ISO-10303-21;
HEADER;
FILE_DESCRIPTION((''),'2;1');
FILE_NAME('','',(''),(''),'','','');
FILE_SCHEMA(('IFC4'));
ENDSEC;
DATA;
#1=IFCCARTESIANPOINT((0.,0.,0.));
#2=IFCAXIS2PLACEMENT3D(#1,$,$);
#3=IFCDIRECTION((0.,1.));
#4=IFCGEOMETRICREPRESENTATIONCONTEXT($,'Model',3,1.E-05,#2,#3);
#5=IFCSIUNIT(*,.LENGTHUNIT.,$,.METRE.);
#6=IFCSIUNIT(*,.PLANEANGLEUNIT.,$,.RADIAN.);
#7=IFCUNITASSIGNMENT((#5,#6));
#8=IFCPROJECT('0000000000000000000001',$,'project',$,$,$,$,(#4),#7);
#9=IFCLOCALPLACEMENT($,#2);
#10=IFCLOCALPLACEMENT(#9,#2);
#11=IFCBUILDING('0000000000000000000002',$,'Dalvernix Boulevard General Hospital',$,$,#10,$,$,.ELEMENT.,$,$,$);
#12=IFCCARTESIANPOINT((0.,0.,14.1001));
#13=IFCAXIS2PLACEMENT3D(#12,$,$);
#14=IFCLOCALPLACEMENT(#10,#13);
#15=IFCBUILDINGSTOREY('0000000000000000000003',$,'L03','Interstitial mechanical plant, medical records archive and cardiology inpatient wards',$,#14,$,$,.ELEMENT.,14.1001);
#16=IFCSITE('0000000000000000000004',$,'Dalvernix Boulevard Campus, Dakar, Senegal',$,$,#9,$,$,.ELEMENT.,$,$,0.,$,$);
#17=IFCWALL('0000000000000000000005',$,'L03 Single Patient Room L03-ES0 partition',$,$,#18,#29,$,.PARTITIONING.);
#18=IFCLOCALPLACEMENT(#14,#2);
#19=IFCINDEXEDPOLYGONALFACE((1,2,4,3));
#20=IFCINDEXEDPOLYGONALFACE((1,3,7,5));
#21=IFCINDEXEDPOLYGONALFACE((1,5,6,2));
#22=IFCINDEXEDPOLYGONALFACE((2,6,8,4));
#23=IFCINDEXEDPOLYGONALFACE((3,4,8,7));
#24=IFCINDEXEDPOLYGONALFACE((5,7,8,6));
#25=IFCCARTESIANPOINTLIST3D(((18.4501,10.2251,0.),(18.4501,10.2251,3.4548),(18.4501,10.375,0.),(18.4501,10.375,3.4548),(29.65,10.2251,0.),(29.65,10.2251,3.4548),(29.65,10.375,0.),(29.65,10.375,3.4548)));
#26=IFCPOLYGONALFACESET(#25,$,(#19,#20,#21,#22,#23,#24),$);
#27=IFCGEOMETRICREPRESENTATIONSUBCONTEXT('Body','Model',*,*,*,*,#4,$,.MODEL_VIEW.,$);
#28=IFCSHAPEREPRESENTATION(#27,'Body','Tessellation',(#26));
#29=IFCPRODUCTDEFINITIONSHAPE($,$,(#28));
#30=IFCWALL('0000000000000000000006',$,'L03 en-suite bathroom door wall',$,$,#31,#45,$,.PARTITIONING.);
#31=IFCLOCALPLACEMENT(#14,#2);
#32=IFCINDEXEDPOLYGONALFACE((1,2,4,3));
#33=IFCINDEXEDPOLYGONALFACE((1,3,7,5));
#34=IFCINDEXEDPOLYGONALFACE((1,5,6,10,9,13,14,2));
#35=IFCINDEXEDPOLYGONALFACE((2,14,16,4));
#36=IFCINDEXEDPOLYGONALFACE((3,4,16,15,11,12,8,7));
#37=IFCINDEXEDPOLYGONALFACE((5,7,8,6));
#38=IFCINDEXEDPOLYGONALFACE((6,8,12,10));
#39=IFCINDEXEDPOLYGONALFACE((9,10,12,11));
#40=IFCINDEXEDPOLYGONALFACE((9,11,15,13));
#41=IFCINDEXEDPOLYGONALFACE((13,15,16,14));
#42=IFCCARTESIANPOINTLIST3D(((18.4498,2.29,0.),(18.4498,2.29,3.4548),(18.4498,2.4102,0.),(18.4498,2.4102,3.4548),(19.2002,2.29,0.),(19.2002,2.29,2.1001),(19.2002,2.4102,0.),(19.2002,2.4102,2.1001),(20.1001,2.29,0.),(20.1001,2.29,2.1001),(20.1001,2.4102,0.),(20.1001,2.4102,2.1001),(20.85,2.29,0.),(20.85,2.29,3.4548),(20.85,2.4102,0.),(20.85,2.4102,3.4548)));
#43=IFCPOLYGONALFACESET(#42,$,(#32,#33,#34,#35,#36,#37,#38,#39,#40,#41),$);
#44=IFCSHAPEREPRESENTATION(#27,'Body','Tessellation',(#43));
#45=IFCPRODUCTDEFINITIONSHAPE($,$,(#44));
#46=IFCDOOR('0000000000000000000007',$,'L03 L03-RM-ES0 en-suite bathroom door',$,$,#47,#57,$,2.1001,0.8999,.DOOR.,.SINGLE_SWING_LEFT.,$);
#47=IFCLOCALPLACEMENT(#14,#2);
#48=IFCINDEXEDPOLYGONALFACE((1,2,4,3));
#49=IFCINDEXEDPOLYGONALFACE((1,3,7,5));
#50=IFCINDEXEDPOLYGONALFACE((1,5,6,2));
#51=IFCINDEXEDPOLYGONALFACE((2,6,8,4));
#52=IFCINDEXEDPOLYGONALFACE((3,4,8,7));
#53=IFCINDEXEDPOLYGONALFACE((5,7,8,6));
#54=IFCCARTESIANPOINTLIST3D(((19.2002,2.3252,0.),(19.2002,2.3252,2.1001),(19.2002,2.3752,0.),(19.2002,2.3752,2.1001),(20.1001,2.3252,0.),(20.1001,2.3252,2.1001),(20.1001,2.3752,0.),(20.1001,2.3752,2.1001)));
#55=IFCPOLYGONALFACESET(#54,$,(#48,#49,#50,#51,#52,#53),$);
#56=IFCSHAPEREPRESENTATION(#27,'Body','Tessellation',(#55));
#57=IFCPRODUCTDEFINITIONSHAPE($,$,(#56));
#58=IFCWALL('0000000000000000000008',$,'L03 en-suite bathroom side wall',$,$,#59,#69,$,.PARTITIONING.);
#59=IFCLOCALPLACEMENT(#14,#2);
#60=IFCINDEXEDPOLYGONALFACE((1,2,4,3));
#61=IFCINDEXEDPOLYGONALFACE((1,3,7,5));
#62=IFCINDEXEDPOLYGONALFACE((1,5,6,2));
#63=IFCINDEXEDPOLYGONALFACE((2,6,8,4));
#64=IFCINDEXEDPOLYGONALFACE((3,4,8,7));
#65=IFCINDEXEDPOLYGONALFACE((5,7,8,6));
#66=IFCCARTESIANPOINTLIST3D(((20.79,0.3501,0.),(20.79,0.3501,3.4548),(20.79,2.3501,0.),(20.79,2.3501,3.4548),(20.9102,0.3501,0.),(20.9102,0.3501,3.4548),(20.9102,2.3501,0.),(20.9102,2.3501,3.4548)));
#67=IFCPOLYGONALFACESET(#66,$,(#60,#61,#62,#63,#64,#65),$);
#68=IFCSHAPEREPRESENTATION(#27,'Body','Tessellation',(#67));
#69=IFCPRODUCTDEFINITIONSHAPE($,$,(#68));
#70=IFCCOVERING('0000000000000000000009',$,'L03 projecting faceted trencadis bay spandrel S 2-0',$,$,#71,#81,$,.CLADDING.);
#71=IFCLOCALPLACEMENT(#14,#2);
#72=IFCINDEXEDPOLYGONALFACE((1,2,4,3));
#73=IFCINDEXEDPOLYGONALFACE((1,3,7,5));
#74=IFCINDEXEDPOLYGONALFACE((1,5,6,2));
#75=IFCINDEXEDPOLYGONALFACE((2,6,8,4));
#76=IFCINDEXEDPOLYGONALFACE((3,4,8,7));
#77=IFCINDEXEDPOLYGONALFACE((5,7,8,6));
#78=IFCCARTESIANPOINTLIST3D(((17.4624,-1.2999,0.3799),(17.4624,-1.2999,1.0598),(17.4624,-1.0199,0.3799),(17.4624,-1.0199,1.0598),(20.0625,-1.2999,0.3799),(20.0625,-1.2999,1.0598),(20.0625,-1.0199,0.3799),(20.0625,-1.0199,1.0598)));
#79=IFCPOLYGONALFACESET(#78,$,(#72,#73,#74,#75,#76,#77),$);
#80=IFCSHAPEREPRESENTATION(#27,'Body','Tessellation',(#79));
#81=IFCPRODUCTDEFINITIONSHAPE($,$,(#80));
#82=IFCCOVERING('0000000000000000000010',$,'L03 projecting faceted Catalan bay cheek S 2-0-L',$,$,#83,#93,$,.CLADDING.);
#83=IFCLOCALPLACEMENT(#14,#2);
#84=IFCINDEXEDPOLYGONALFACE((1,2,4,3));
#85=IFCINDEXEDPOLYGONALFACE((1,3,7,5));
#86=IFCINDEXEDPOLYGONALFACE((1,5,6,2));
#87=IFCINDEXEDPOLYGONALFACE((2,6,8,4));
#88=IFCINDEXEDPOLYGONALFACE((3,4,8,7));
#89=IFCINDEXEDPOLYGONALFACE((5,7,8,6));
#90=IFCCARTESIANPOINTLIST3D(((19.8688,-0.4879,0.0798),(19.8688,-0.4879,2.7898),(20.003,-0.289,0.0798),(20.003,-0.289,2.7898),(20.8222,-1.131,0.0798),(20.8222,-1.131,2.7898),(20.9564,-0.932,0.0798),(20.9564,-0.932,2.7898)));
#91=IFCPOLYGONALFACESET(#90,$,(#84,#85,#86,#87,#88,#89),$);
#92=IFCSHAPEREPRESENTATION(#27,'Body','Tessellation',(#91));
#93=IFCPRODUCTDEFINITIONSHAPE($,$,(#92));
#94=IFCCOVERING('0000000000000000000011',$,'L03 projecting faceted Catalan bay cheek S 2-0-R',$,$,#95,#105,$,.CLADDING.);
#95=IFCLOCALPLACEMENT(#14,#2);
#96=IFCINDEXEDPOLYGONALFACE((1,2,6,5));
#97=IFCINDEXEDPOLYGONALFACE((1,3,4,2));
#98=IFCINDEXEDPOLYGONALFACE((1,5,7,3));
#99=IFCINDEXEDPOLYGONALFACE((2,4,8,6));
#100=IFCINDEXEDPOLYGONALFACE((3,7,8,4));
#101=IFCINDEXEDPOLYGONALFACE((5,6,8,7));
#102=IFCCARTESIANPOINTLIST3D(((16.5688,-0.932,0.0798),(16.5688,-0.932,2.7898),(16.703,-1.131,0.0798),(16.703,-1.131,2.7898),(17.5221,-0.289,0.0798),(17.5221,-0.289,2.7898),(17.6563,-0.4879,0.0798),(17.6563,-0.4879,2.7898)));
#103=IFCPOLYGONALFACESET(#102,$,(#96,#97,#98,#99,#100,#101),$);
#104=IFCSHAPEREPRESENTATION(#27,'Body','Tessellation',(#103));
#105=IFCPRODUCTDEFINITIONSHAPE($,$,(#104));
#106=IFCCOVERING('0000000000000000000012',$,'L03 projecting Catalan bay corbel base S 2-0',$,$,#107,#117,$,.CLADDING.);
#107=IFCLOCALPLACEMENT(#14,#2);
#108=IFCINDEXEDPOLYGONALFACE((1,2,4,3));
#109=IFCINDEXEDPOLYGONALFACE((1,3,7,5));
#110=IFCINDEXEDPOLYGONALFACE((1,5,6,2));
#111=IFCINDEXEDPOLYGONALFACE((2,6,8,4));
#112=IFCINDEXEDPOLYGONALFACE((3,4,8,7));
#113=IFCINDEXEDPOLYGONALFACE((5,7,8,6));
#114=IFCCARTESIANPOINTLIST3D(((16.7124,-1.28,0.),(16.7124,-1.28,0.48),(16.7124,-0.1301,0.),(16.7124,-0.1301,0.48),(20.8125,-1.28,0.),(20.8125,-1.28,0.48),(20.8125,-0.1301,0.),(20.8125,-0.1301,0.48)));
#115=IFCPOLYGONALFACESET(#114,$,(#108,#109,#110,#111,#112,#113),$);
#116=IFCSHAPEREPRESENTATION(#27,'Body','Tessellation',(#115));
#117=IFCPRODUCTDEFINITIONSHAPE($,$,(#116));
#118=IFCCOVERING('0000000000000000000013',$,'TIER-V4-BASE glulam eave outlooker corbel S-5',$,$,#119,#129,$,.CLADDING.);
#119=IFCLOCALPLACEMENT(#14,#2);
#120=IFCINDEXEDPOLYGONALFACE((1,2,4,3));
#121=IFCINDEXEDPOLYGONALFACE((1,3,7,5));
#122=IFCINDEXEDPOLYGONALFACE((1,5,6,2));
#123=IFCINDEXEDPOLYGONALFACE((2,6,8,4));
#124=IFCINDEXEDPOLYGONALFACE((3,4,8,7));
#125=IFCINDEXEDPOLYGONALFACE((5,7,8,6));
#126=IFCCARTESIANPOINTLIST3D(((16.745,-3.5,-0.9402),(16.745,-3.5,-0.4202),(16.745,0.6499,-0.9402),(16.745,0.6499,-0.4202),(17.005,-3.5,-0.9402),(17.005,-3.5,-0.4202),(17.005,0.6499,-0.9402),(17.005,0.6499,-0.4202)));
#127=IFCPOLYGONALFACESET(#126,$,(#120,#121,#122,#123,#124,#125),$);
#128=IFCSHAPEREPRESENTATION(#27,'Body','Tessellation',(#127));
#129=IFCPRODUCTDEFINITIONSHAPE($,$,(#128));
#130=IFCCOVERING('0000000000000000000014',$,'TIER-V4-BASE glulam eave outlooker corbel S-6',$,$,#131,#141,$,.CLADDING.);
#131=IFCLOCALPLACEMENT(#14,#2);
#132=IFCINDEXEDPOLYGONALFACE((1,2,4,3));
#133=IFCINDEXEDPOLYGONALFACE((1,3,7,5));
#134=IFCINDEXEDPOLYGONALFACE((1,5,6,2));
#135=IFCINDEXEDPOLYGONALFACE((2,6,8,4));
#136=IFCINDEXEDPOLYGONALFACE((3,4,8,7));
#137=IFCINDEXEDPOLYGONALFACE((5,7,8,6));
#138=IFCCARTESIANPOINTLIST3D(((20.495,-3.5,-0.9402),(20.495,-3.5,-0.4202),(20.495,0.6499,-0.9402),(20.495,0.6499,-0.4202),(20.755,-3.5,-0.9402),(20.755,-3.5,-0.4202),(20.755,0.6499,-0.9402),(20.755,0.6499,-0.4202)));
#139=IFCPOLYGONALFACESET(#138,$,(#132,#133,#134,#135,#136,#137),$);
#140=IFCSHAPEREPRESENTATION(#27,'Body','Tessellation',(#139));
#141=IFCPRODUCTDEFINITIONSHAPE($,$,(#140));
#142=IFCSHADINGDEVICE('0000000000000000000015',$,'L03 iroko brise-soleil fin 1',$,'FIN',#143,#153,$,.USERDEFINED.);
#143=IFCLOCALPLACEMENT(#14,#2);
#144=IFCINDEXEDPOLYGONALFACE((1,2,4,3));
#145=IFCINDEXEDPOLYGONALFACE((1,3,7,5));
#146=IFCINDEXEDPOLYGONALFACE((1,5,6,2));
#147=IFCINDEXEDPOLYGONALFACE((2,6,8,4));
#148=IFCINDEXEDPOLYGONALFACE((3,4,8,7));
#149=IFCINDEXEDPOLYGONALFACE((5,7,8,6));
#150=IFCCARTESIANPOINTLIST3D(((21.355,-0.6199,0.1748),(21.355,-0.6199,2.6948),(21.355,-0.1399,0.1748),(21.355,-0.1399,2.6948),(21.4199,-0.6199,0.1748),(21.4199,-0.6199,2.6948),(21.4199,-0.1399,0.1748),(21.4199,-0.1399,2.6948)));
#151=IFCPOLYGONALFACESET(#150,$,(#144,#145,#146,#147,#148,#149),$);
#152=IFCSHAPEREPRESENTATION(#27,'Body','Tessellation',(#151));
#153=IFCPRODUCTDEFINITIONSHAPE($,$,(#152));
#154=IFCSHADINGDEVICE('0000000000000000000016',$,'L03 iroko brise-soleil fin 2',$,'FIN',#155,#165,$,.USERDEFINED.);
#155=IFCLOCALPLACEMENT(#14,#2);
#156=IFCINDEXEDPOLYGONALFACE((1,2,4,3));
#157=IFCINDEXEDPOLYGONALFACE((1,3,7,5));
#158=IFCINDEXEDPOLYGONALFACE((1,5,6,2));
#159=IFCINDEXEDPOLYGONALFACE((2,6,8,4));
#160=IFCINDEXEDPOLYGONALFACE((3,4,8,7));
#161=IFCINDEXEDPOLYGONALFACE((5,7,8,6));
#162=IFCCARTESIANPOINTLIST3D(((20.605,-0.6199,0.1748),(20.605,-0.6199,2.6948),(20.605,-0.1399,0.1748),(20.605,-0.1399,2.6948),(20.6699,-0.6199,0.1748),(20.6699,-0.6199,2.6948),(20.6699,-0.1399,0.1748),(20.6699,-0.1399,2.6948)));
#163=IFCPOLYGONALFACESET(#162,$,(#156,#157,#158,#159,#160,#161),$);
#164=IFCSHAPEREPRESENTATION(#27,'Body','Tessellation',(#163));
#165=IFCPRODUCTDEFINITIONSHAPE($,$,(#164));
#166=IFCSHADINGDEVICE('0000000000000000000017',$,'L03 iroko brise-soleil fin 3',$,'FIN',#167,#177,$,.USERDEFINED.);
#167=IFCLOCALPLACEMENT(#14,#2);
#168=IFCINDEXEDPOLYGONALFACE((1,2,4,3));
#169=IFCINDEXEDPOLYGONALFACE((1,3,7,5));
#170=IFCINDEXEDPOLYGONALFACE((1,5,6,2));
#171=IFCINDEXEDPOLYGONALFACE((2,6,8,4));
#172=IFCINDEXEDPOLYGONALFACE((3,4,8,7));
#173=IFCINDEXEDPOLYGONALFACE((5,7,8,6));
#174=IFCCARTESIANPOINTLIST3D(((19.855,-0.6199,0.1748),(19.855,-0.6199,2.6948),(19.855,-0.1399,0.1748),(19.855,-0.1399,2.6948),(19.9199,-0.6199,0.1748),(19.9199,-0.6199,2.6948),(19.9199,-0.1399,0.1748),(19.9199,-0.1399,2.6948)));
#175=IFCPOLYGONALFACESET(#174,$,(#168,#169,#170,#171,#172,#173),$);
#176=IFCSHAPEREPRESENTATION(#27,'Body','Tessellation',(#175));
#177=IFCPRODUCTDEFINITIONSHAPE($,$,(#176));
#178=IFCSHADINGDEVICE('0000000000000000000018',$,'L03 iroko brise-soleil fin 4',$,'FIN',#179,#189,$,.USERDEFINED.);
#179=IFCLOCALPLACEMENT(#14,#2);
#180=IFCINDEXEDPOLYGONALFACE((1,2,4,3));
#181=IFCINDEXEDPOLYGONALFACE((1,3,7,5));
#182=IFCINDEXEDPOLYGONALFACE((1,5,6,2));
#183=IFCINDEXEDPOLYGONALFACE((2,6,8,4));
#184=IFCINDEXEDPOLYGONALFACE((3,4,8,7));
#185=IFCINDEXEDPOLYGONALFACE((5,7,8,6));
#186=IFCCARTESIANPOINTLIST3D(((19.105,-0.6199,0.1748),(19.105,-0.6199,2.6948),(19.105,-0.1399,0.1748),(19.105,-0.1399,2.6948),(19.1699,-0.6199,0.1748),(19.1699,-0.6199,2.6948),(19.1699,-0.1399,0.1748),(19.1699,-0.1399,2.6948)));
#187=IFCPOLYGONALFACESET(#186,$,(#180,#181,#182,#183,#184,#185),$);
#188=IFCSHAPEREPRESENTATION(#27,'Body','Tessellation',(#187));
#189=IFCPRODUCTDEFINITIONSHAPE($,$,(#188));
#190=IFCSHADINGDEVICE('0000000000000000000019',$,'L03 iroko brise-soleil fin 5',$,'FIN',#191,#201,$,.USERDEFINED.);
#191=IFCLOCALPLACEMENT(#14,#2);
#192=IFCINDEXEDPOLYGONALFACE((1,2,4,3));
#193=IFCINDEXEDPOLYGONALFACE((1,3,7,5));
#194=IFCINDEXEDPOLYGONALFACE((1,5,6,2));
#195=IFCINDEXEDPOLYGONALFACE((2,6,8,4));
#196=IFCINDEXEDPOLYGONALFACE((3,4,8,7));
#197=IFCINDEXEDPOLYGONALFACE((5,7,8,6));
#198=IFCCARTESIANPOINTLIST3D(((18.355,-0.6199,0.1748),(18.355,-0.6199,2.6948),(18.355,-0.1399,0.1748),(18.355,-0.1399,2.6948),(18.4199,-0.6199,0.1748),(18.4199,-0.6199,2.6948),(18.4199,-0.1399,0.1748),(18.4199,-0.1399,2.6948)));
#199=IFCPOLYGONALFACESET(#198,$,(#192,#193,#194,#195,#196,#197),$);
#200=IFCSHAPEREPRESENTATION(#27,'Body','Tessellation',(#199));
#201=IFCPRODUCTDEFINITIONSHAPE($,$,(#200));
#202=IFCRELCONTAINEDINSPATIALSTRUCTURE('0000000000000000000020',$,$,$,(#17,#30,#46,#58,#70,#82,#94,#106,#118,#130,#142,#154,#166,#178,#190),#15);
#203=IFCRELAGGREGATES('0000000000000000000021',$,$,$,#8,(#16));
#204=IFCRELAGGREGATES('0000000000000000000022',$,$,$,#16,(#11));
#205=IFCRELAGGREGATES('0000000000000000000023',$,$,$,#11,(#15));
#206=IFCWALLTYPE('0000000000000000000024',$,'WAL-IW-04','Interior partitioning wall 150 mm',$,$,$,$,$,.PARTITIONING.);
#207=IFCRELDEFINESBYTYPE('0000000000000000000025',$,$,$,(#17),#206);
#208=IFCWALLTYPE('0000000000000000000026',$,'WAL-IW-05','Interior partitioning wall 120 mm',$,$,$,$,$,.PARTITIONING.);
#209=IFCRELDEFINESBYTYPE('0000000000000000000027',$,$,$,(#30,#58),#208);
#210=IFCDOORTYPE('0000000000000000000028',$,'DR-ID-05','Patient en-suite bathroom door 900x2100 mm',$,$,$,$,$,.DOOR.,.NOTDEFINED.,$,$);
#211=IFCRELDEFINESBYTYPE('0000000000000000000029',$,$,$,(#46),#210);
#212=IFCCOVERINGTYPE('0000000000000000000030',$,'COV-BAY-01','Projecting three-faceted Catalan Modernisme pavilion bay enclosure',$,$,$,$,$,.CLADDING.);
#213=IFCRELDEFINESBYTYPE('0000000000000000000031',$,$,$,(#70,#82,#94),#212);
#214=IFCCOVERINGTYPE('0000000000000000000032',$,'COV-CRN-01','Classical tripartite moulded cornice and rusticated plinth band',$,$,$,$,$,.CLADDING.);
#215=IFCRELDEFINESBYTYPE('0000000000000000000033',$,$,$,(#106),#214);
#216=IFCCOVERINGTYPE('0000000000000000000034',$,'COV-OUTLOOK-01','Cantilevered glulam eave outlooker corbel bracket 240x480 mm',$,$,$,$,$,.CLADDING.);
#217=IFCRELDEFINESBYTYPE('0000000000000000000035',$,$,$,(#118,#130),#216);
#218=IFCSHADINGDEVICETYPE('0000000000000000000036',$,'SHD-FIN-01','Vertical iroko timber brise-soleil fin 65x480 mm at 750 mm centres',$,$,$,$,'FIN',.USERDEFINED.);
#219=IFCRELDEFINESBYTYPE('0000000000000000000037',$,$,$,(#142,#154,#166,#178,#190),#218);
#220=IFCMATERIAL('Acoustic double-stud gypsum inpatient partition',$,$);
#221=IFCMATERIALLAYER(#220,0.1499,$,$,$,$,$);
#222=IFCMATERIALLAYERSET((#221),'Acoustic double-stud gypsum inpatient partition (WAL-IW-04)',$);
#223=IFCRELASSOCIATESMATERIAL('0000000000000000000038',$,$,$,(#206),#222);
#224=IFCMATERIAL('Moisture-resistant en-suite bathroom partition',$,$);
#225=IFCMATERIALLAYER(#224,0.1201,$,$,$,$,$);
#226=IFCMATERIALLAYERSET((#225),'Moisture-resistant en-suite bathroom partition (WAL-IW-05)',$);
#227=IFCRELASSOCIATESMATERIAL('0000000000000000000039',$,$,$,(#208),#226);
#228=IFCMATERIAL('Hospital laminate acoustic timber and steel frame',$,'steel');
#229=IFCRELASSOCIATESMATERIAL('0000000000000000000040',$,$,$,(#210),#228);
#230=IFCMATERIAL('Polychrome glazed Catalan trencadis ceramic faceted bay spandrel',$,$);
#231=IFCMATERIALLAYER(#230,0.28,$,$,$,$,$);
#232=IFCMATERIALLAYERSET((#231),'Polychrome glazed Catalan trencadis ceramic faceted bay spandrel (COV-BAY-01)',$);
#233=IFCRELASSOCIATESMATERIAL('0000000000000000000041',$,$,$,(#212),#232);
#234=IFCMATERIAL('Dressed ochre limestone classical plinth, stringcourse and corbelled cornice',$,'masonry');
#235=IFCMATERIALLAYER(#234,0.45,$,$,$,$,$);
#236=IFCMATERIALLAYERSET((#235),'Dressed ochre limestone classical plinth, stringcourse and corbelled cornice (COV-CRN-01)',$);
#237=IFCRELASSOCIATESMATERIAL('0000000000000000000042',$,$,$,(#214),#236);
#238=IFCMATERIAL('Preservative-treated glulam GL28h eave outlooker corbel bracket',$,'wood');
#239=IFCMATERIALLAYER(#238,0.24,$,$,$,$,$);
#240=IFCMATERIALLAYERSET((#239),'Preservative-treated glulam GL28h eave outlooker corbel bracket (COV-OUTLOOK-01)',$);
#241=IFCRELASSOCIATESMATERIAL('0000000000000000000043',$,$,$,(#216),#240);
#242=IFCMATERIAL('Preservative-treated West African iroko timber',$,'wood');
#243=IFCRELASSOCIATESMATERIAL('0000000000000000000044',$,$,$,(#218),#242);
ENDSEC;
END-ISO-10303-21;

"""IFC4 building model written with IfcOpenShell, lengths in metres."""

from ifc_helpers import new_model, si_unit, direction, frame, frame_2d, origin, origin_2d, place, context, subcontext, project, spatial, rectangle, extrude, material, layer, layer_set, type_object, element, fill, save


model = new_model("IFC4")

# Units and contexts
model_context = context("Model", 3, precision=1e-05, world=origin(), true_north=direction((0.0, 1.0)))
body_context = subcontext(model_context, "Body", "Model", "MODEL_VIEW")
ifc_project = project(units=[si_unit("LENGTHUNIT", "METRE"), si_unit("PLANEANGLEUNIT", "RADIAN")], contexts=[model_context])

# Site, building, storey
site_placement = place(None, origin())
site = spatial("IfcSite", under=ifc_project, at=site_placement, Name="Dalvernix Boulevard Campus, Dakar, Senegal", CompositionType="ELEMENT", RefElevation=0.0)
building_placement = place(site_placement, origin())
building = spatial("IfcBuilding", under=site, at=building_placement, Name="Dalvernix Boulevard General Hospital", CompositionType="ELEMENT")
storey_placement = place(building_placement, frame((0.0, 0.0, 14.1001)))
storey = spatial("IfcBuildingStorey", under=building, at=storey_placement, Name="L03", Description="Interstitial mechanical plant, medical records archive and cardiology inpatient wards", CompositionType="ELEMENT", Elevation=14.1001)

# Shared definitions
ifc_material_1 = material(Name="Acoustic double-stud gypsum inpatient partition")
ifc_layer_1 = layer(ifc_material_1, 0.1499)
ifc_layer_set_1 = layer_set([ifc_layer_1], Name="Acoustic double-stud gypsum inpatient partition (WAL-IW-04)")
wall_type_1 = type_object("IfcWallType", Name="WAL-IW-04", Description="Interior partitioning wall 150 mm", PredefinedType="PARTITIONING", material=ifc_layer_set_1)
ifc_material_2 = material(Name="Hospital laminate acoustic timber and steel frame", Category="steel")

# Wall
wall_1_placement = place(storey_placement, frame((18.45, 10.3, 0.0), z_axis=(0.0, 0.0, 1.0), x_axis=(1.0, 0.0, 0.0)))
element("IfcWall", 1, at=wall_1_placement, inside=storey, type_object=wall_type_1, Name="L03 Single Patient Room L03-ES0 partition", PredefinedType="PARTITIONING", context=body_context, shape_type="SweptSolid", body=[
    extrude(rectangle(XDim=11.2, YDim=0.1499, at=frame_2d((5.6001, 0.0))), origin(), (0.0, 0.0, 1.0), 3.4548),
])

# Wall, opening, door
ifc_material_3 = material(Name="Moisture-resistant en-suite bathroom partition")
ifc_layer_2 = layer(ifc_material_3, 0.1201)
ifc_layer_set_2 = layer_set([ifc_layer_2], Name="Moisture-resistant en-suite bathroom partition (WAL-IW-05)")
wall_type_2 = type_object("IfcWallType", Name="WAL-IW-05", Description="Interior partitioning wall 120 mm", PredefinedType="PARTITIONING", material=ifc_layer_set_2)
wall_2_placement = place(storey_placement, frame((20.8501, 2.3501, 0.0), z_axis=(0.0, 0.0, 1.0), x_axis=(-1.0, 0.0, 0.0)))
wall_2 = element("IfcWall", 2, at=wall_2_placement, inside=storey, type_object=wall_type_2, Name="L03 en-suite bathroom door wall", PredefinedType="PARTITIONING", context=body_context, shape_type="SweptSolid", body=[
    extrude(rectangle(XDim=2.4001, YDim=0.1201, at=frame_2d((1.2002, 0.0))), origin(), (0.0, 0.0, 1.0), 3.4548),
])
opening_1_placement = place(wall_2_placement, frame((0.75, 0.0, 0.0)))
opening_1 = element("IfcOpeningElement", 3, at=opening_1_placement, cuts=wall_2, PredefinedType="OPENING", context=body_context, shape_type="SweptSolid", body=[
    extrude(rectangle(XDim=0.8999, YDim=2.1001, at=frame_2d((0.45, 1.05))), frame((0.0, 0.0701, 0.0), z_axis=(0.0, -1.0, 0.0), x_axis=(1.0, 0.0, 0.0)), (0.0, 0.0, 1.0), 0.1401),
])
door_type_1 = type_object("IfcDoorType", Name="DR-ID-05", Description="Patient en-suite bathroom door 900x2100 mm", OperationType="NOTDEFINED", PredefinedType="DOOR", material=ifc_material_2)
door_1_placement = place(opening_1_placement, origin())
door_1 = element("IfcDoor", 4, at=door_1_placement, inside=storey, type_object=door_type_1, Name="L03 L03-RM-ES0 en-suite bathroom door", OperationType="SINGLE_SWING_LEFT", OverallHeight=2.1001, OverallWidth=0.8999, PredefinedType="DOOR", context=body_context, shape_type="SweptSolid", body=[
    extrude(rectangle(XDim=0.8999, YDim=2.1001, at=frame_2d((0.45, 1.05))), frame((0.0, 0.0249, 0.0), z_axis=(0.0, -1.0, 0.0), x_axis=(1.0, 0.0, 0.0)), (0.0, 0.0, 1.0), 0.05),
])
fill(opening_1, door_1)

# Wall
wall_3_placement = place(storey_placement, frame((20.8501, 0.3501, 0.0), z_axis=(0.0, 0.0, 1.0), x_axis=(0.0, 1.0, 0.0)))
element("IfcWall", 5, at=wall_3_placement, inside=storey, type_object=wall_type_2, Name="L03 en-suite bathroom side wall", PredefinedType="PARTITIONING", context=body_context, shape_type="SweptSolid", body=[
    extrude(rectangle(XDim=2.0, YDim=0.1201, at=frame_2d((1.0, 0.0))), origin(), (0.0, 0.0, 1.0), 3.4548),
])

# Coverings
ifc_material_4 = material(Name="Polychrome glazed Catalan trencadis ceramic faceted bay spandrel")
ifc_layer_3 = layer(ifc_material_4, 0.28)
ifc_layer_set_3 = layer_set([ifc_layer_3], Name="Polychrome glazed Catalan trencadis ceramic faceted bay spandrel (COV-BAY-01)")
covering_type_1 = type_object("IfcCoveringType", Name="COV-BAY-01", Description="Projecting three-faceted Catalan Modernisme pavilion bay enclosure", PredefinedType="CLADDING", material=ifc_layer_set_3)
covering_1_placement = place(storey_placement, frame((18.7625, -1.1599, 0.3799), z_axis=(0.0, 0.0, 1.0), x_axis=(-1.0, 0.0, 0.0)))
element("IfcCovering", 6, at=covering_1_placement, inside=storey, type_object=covering_type_1, Name="L03 projecting faceted trencadis bay spandrel S 2-0", PredefinedType="CLADDING", context=body_context, shape_type="SweptSolid", body=[
    extrude(rectangle(XDim=2.6001, YDim=0.28, at=origin_2d()), origin(), (0.0, 0.0, 1.0), 0.6799),
])
for number, where, z_axis, x_axis, name in (
    (7, (20.4126, -0.71, 0.0798), (0.0, 0.0, 1.0), (-0.829038, 0.559193, 0.0), "L03 projecting faceted Catalan bay cheek S 2-0-L"),
    (8, (17.1125, -0.71, 0.0798), (0.0, 0.0, 1.0), (-0.829038, -0.559193, 0.0), "L03 projecting faceted Catalan bay cheek S 2-0-R"),
):
    element("IfcCovering", number, at=place(storey_placement, frame(where, z_axis=z_axis, x_axis=x_axis)), inside=storey, type_object=covering_type_1, Name=name, PredefinedType="CLADDING", context=body_context, shape_type="SweptSolid", body=[
        extrude(rectangle(XDim=1.1499, YDim=0.24, at=origin_2d()), origin(), (0.0, 0.0, 1.0), 2.71),
    ])
ifc_material_5 = material(Name="Dressed ochre limestone classical plinth, stringcourse and corbelled cornice", Category="masonry")
ifc_layer_4 = layer(ifc_material_5, 0.45)
ifc_layer_set_4 = layer_set([ifc_layer_4], Name="Dressed ochre limestone classical plinth, stringcourse and corbelled cornice (COV-CRN-01)")
covering_type_2 = type_object("IfcCoveringType", Name="COV-CRN-01", Description="Classical tripartite moulded cornice and rusticated plinth band", PredefinedType="CLADDING", material=ifc_layer_set_4)
covering_2_placement = place(storey_placement, frame((18.7625, -0.7051, 0.0), z_axis=(0.0, 0.0, 1.0), x_axis=(-1.0, 0.0, 0.0)))
element("IfcCovering", 9, at=covering_2_placement, inside=storey, type_object=covering_type_2, Name="L03 projecting Catalan bay corbel base S 2-0", PredefinedType="CLADDING", context=body_context, shape_type="SweptSolid", body=[
    extrude(rectangle(XDim=4.1001, YDim=1.1499, at=origin_2d()), origin(), (0.0, 0.0, 1.0), 0.48),
])
ifc_material_6 = material(Name="Preservative-treated glulam GL28h eave outlooker corbel bracket", Category="wood")
ifc_layer_5 = layer(ifc_material_6, 0.24)
ifc_layer_set_5 = layer_set([ifc_layer_5], Name="Preservative-treated glulam GL28h eave outlooker corbel bracket (COV-OUTLOOK-01)")
covering_type_3 = type_object("IfcCoveringType", Name="COV-OUTLOOK-01", Description="Cantilevered glulam eave outlooker corbel bracket 240x480 mm", PredefinedType="CLADDING", material=ifc_layer_set_5)
for number, where, z_axis, x_axis, name in (
    (10, (16.875, -1.425, -0.9402), (0.0, 0.0, 1.0), (1.0, 0.0, 0.0), "TIER-V4-BASE glulam eave outlooker corbel S-5"),
    (11, (20.625, -1.425, -0.9402), (0.0, 0.0, 1.0), (1.0, 0.0, 0.0), "TIER-V4-BASE glulam eave outlooker corbel S-6"),
):
    element("IfcCovering", number, at=place(storey_placement, frame(where, z_axis=z_axis, x_axis=x_axis)), inside=storey, type_object=covering_type_3, Name=name, PredefinedType="CLADDING", context=body_context, shape_type="SweptSolid", body=[
        extrude(rectangle(XDim=0.26, YDim=4.1499, at=origin_2d()), origin(), (0.0, 0.0, 1.0), 0.52),
    ])

# Shading devices
ifc_material_7 = material(Name="Preservative-treated West African iroko timber", Category="wood")
shading_device_type = type_object("IfcShadingDeviceType", Name="SHD-FIN-01", Description="Vertical iroko timber brise-soleil fin 65x480 mm at 750 mm centres", ElementType="FIN", PredefinedType="USERDEFINED", material=ifc_material_7)
for number, where, z_axis, x_axis, name in (
    (12, (21.3875, -0.3799, 0.1748), (0.0, 0.0, 1.0), (-1.0, 0.0, 0.0), "L03 iroko brise-soleil fin 1"),
    (13, (20.6375, -0.3799, 0.1748), (0.0, 0.0, 1.0), (-1.0, 0.0, 0.0), "L03 iroko brise-soleil fin 2"),
    (14, (19.8875, -0.3799, 0.1748), (0.0, 0.0, 1.0), (-1.0, 0.0, 0.0), "L03 iroko brise-soleil fin 3"),
    (15, (19.1375, -0.3799, 0.1748), (0.0, 0.0, 1.0), (-1.0, 0.0, 0.0), "L03 iroko brise-soleil fin 4"),
    (16, (18.3875, -0.3799, 0.1748), (0.0, 0.0, 1.0), (-1.0, 0.0, 0.0), "L03 iroko brise-soleil fin 5"),
):
    element("IfcShadingDevice", number, at=place(storey_placement, frame(where, z_axis=z_axis, x_axis=x_axis)), inside=storey, type_object=shading_device_type, Name=name, ObjectType="FIN", PredefinedType="USERDEFINED", context=body_context, shape_type="SweptSolid", body=[
        extrude(rectangle(XDim=0.0649, YDim=0.48, at=origin_2d()), origin(), (0.0, 0.0, 1.0), 2.52),
    ])

save(model, "model.ifc")
